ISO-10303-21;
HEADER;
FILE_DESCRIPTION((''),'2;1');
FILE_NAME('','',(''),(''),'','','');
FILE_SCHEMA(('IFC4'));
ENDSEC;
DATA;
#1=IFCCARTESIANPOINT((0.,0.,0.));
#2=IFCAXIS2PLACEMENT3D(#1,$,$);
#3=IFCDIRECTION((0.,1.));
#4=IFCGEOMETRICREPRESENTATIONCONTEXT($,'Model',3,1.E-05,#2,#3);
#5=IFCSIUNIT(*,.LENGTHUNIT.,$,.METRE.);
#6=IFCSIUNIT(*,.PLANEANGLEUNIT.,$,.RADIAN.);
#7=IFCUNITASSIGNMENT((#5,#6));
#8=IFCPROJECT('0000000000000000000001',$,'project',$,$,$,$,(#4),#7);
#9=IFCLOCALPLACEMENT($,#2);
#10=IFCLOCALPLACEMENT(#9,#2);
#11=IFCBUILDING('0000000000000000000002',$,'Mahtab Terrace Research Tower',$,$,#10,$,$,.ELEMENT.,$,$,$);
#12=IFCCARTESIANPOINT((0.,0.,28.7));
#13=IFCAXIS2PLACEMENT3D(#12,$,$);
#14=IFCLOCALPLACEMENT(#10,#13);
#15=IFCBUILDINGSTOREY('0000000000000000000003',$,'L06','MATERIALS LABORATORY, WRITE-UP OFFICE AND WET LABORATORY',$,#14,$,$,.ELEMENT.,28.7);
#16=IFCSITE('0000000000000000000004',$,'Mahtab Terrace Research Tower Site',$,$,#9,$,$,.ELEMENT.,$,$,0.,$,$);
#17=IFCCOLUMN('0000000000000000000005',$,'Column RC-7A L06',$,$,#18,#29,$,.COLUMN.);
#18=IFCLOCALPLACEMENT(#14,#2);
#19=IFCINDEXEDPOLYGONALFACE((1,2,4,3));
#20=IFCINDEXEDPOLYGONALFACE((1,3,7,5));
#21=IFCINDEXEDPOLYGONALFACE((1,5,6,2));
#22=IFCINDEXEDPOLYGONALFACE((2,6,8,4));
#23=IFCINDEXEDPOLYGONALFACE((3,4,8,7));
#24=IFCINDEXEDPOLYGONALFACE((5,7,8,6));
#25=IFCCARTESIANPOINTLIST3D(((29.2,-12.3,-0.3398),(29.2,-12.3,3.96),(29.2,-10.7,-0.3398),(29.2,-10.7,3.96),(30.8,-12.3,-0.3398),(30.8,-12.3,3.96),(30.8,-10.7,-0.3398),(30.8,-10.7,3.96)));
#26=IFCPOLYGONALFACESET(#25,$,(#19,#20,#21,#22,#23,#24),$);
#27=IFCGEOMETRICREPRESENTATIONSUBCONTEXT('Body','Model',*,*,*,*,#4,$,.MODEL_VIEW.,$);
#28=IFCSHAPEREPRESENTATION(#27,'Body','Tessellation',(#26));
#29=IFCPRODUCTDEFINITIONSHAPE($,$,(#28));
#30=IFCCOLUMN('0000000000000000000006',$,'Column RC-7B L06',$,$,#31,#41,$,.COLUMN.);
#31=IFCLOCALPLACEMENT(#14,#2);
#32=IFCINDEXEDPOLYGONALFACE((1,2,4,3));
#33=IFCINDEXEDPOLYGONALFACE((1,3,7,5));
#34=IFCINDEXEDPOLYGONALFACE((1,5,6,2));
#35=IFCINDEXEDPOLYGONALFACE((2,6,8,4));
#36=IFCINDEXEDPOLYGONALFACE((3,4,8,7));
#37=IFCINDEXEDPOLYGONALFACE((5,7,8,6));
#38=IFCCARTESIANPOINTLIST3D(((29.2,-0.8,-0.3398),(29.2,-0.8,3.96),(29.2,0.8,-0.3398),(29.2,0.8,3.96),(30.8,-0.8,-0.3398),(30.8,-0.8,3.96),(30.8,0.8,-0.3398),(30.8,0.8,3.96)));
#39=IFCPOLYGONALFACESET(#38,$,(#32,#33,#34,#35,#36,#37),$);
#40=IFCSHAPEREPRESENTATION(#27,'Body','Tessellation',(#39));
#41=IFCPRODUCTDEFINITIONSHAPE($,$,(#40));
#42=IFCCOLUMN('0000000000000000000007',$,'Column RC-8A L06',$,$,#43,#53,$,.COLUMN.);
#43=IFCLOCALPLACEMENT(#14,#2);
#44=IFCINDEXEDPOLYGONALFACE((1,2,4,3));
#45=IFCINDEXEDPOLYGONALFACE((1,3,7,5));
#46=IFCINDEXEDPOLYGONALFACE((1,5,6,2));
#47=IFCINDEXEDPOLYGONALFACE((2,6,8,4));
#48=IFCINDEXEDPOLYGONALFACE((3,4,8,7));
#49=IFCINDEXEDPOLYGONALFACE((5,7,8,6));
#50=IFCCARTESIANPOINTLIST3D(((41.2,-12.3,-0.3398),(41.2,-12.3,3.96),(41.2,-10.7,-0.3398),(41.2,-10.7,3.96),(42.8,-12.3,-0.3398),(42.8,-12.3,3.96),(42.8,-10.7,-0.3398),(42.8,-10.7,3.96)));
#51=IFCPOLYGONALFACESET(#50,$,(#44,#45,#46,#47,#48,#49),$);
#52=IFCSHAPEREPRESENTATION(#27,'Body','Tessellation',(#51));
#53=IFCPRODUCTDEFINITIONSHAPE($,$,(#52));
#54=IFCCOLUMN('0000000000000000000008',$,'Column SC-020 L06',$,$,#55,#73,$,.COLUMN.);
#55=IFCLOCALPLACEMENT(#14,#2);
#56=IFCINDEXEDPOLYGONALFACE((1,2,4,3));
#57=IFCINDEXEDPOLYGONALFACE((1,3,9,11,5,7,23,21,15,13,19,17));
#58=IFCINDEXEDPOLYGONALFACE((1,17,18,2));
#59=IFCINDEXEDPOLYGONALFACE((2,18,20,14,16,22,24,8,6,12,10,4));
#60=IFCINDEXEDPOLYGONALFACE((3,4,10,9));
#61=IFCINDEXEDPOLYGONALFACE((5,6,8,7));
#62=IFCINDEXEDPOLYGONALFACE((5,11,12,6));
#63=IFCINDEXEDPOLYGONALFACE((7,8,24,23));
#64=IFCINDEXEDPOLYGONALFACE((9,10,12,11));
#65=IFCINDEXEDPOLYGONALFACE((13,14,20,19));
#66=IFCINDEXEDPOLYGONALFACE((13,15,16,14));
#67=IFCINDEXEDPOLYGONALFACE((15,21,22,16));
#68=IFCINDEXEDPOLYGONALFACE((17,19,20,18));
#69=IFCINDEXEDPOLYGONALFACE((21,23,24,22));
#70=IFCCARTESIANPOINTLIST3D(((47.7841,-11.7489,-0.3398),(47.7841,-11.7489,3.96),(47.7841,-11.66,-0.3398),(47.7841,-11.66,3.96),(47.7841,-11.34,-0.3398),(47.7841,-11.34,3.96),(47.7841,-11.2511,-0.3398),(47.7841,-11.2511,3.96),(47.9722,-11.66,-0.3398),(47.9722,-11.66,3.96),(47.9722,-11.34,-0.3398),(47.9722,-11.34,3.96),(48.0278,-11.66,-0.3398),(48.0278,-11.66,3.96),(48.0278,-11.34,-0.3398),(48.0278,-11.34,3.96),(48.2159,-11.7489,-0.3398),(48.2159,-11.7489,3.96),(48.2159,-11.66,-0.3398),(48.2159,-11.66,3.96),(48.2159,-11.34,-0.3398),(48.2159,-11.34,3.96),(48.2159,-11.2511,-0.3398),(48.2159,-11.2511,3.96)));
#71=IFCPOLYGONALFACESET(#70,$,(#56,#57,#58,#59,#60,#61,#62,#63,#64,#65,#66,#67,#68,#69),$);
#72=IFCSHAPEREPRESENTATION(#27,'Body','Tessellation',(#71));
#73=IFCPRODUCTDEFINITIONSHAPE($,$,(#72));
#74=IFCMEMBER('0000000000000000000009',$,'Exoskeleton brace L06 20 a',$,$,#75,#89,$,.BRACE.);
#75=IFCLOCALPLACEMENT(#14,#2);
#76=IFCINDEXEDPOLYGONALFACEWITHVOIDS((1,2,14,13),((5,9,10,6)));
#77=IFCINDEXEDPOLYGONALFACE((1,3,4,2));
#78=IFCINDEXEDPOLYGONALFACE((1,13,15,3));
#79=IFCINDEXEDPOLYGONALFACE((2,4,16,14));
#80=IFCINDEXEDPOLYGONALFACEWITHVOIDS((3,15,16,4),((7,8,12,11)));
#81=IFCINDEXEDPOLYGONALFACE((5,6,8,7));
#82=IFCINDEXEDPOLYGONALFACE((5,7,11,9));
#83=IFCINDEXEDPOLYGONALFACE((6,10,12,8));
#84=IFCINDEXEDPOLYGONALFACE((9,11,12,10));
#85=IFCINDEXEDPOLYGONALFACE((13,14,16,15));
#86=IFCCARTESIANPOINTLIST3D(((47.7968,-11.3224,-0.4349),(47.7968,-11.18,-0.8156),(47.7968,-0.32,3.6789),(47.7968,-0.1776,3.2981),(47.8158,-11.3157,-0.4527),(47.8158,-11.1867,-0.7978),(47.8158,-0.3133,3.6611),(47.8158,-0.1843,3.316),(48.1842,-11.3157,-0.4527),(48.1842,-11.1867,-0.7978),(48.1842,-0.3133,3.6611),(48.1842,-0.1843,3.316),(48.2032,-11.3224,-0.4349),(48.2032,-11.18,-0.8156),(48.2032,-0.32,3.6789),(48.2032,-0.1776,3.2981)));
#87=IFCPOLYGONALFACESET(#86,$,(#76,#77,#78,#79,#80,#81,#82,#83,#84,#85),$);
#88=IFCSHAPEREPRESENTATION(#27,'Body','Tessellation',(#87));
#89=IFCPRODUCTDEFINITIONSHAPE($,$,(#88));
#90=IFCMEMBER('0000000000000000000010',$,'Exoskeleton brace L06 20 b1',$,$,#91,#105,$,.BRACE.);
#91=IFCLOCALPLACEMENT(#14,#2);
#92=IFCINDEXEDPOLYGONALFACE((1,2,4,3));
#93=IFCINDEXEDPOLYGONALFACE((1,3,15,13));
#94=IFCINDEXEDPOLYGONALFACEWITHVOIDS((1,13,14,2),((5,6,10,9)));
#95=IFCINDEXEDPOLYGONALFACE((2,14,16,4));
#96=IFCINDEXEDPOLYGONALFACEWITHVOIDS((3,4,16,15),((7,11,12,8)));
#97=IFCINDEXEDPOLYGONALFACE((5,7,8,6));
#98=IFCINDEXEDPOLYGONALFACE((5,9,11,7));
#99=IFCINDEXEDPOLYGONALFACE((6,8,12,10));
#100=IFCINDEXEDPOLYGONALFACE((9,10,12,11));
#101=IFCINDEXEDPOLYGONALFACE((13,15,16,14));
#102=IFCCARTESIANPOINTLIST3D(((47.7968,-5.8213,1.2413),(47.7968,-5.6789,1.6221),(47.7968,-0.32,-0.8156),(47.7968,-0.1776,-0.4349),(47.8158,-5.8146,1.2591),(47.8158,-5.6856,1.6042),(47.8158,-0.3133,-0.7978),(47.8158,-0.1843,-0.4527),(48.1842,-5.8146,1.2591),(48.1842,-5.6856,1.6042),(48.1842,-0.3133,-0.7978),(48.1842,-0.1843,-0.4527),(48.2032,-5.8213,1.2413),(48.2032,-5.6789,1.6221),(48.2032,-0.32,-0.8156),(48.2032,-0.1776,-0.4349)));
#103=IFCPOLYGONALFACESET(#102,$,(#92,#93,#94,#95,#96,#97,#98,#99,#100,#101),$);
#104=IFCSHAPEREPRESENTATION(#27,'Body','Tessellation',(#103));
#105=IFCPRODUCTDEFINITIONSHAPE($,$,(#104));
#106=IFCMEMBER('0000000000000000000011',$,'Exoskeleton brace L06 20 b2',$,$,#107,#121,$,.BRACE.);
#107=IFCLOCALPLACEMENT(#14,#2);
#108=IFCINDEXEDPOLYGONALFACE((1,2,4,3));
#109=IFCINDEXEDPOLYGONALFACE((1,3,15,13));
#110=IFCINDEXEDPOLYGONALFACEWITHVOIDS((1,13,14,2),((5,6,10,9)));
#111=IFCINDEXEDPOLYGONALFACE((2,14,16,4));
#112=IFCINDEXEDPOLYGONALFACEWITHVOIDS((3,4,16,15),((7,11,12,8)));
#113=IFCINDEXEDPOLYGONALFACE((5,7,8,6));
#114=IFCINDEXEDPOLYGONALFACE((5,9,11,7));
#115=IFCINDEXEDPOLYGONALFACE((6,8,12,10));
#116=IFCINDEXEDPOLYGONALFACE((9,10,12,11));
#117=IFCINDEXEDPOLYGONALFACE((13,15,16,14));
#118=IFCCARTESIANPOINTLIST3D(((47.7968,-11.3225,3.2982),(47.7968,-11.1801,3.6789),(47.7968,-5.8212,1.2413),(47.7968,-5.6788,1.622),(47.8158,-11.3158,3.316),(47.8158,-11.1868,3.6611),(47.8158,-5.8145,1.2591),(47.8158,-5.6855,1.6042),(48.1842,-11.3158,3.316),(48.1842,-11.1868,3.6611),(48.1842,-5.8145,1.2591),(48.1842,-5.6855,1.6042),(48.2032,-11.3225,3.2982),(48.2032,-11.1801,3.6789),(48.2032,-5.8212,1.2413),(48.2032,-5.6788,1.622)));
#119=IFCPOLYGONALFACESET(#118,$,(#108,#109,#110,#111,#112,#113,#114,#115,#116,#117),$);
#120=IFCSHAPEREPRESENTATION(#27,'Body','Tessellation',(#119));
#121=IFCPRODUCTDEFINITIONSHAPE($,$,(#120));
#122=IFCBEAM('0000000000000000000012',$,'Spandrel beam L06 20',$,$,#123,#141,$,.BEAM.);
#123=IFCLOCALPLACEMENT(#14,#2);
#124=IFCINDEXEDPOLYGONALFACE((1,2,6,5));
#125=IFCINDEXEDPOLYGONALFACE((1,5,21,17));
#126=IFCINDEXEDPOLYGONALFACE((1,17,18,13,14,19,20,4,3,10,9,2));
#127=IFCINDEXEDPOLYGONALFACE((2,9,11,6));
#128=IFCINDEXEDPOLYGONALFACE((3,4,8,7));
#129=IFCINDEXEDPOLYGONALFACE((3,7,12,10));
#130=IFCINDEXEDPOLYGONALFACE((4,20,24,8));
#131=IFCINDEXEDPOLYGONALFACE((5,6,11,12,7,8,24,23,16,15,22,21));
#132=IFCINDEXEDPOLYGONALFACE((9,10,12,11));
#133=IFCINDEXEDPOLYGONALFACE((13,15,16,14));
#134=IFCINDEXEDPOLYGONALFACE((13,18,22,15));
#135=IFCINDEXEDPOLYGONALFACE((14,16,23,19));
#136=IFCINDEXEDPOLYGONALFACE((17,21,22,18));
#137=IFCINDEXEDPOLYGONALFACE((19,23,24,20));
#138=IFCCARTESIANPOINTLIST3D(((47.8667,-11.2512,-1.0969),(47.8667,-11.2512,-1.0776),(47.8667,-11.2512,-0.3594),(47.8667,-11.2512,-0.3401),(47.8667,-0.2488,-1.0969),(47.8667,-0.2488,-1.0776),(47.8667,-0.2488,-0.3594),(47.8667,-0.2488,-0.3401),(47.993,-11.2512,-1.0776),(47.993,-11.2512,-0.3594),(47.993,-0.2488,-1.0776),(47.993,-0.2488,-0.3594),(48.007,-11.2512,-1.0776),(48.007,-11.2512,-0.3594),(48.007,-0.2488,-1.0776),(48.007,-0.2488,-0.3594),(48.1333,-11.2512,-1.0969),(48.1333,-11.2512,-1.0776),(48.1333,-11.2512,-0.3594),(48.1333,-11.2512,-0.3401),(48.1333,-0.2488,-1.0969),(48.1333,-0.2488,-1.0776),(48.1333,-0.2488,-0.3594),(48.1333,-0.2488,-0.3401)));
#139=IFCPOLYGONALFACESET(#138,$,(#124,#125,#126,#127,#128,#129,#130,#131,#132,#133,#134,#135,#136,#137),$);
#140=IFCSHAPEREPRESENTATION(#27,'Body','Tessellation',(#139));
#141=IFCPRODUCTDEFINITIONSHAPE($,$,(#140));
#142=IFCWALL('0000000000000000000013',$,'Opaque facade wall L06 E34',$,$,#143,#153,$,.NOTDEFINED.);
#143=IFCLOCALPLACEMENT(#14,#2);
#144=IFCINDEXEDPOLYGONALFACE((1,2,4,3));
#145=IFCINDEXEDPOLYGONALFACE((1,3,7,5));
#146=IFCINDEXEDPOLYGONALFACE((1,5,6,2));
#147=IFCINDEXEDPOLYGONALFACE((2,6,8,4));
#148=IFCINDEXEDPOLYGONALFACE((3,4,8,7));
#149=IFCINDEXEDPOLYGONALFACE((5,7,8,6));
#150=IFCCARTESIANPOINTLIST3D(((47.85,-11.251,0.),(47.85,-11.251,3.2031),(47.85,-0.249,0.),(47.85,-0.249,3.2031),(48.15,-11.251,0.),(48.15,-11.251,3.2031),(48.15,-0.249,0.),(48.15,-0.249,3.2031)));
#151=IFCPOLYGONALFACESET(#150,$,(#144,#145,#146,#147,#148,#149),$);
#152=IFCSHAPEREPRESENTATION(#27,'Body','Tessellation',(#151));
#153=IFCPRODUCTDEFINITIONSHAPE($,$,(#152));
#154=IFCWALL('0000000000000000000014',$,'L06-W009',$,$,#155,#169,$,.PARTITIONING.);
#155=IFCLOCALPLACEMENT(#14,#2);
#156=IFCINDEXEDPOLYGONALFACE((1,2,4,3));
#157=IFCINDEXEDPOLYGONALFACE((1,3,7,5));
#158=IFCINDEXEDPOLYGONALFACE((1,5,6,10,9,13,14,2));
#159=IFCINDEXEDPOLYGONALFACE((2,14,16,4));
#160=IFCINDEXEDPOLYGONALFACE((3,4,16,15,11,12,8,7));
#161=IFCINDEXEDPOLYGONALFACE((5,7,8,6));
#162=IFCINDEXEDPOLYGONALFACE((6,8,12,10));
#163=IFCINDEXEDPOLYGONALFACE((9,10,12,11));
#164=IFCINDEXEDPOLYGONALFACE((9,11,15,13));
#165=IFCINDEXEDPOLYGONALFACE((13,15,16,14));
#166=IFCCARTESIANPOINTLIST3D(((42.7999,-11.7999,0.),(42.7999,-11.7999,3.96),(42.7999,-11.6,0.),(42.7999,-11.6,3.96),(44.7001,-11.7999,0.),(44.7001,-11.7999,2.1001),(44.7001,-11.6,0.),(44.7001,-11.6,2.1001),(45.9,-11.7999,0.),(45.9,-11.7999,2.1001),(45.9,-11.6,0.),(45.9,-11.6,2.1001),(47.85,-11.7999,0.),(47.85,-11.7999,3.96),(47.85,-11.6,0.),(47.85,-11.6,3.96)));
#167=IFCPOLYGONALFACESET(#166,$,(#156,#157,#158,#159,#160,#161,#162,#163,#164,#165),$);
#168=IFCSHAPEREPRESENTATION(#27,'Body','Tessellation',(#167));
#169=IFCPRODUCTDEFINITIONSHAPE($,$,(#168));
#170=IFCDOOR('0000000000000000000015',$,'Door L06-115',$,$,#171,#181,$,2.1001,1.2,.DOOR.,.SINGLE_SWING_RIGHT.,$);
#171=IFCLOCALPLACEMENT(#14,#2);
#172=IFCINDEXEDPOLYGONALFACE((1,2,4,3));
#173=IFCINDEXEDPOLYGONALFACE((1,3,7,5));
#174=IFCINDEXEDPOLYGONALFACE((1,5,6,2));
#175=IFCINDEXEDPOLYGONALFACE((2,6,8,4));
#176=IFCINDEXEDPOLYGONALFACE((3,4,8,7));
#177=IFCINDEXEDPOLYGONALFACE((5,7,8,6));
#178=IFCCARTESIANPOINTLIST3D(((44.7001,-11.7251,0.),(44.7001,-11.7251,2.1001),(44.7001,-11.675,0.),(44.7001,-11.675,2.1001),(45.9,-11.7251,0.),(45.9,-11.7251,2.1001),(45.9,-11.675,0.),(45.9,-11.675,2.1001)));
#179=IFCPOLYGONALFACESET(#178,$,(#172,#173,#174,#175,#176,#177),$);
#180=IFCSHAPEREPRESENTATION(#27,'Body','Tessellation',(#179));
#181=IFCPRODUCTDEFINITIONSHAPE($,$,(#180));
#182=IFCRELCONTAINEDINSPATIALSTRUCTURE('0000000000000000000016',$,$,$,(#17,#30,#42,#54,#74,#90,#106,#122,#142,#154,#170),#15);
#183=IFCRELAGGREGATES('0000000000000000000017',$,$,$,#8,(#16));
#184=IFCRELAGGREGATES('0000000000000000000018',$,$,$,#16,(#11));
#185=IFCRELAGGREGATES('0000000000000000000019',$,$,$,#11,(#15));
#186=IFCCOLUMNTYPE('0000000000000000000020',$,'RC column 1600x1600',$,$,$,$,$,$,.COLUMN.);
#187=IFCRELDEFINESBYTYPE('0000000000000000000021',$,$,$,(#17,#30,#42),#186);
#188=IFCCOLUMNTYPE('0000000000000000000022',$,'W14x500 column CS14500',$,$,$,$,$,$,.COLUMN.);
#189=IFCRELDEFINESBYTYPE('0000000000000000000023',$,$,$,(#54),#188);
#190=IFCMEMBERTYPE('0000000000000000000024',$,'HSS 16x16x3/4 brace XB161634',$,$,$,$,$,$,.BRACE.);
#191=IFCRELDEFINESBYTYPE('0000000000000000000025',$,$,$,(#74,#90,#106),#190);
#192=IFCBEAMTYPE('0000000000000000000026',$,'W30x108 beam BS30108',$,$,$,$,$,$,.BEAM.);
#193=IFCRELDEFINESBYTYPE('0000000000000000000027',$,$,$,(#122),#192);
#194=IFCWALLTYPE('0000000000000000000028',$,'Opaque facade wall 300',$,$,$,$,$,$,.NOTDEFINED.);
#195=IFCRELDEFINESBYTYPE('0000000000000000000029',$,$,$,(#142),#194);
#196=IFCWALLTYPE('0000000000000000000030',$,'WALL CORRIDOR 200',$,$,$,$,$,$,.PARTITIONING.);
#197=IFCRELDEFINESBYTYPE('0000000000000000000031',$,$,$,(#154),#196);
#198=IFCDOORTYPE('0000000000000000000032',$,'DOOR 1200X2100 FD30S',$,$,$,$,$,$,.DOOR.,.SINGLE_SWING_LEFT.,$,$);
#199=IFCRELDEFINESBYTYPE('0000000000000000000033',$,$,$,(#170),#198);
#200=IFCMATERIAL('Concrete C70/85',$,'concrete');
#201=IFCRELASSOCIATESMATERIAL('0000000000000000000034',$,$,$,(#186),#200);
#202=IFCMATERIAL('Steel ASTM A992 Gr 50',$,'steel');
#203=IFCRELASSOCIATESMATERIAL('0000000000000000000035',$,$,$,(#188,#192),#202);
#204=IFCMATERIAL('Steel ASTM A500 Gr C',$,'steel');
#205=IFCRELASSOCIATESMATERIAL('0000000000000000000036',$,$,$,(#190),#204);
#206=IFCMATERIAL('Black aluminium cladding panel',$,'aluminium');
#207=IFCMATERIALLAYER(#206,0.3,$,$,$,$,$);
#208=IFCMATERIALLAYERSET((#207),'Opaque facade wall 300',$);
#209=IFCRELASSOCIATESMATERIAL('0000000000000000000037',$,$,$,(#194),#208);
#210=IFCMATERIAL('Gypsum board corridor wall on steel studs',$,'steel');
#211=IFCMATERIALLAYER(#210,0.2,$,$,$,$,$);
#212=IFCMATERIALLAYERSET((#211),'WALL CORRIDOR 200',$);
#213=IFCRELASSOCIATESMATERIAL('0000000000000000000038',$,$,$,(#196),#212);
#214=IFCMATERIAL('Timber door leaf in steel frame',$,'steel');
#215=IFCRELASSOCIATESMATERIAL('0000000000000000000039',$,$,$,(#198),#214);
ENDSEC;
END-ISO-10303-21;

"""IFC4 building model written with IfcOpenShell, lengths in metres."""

from ifc_helpers import new_model, si_unit, direction, frame, frame_2d, origin, origin_2d, place, context, subcontext, project, spatial, rectangle, hollow_rectangle, i_section, extrude, material, layer, layer_set, material_profile, profile_set, type_object, element, fill, save


model = new_model("IFC4")

# Units and contexts
model_context = context("Model", 3, precision=1e-05, world=origin(), true_north=direction((0.0, 1.0)))
body_context = subcontext(model_context, "Body", "Model", "MODEL_VIEW")
ifc_project = project(units=[si_unit("LENGTHUNIT", "METRE"), si_unit("PLANEANGLEUNIT", "RADIAN")], contexts=[model_context])

# Site, building, storey
site_placement = place(None, origin())
site = spatial("IfcSite", under=ifc_project, at=site_placement, Name="Mahtab Terrace Research Tower Site", CompositionType="ELEMENT", RefElevation=0.0)
building_placement = place(site_placement, origin())
building = spatial("IfcBuilding", under=site, at=building_placement, Name="Mahtab Terrace Research Tower", CompositionType="ELEMENT")
storey_placement = place(building_placement, frame((0.0, 0.0, 28.7)))
storey = spatial("IfcBuildingStorey", under=building, at=storey_placement, Name="L06", Description="MATERIALS LABORATORY, WRITE-UP OFFICE AND WET LABORATORY", CompositionType="ELEMENT", Elevation=28.7)

# Columns
ifc_material_1 = material(Name="Concrete C70/85", Category="concrete")
ifc_material_profile_1 = material_profile(ifc_material_1, rectangle(XDim=1.6001, YDim=1.6001, at=origin_2d()), Name="RC column 1600x1600")
ifc_profile_set_1 = profile_set([ifc_material_profile_1], Name="Concrete C70/85")
column_type_1 = type_object("IfcColumnType", Name="RC column 1600x1600", PredefinedType="COLUMN", material=ifc_profile_set_1)
for number, where, z_axis, x_axis, name in (
    (1, (30.0, -11.5, -0.3398), (0.0, 0.0, 1.0), (1.0, 0.0, 0.0), "Column RC-7A L06"),
    (2, (30.0, 0.0, -0.3398), (0.0, 0.0, 1.0), (1.0, 0.0, 0.0), "Column RC-7B L06"),
    (3, (42.0, -11.5, -0.3398), (0.0, 0.0, 1.0), (1.0, 0.0, 0.0), "Column RC-8A L06"),
):
    element("IfcColumn", number, at=place(storey_placement, frame(where, z_axis=z_axis, x_axis=x_axis)), inside=storey, type_object=column_type_1, Name=name, PredefinedType="COLUMN", context=body_context, shape_type="SweptSolid", body=[
        extrude(rectangle(XDim=1.6001, YDim=1.6001, at=origin_2d()), origin(), (0.0, 0.0, 1.0), 4.2998),
    ])
ifc_material_2 = material(Name="Steel ASTM A992 Gr 50", Category="steel")
ifc_material_profile_2 = material_profile(ifc_material_2, i_section(OverallWidth=0.4319, OverallDepth=0.4978, WebThickness=0.0557, FlangeThickness=0.0889, at=origin_2d()), Name="W14X500")
ifc_profile_set_2 = profile_set([ifc_material_profile_2], Name="Steel ASTM A992 Gr 50")
column_type_2 = type_object("IfcColumnType", Name="W14x500 column CS14500", PredefinedType="COLUMN", material=ifc_profile_set_2)
column_placement = place(storey_placement, frame((48.0, -11.5, -0.3398), z_axis=(0.0, 0.0, 1.0), x_axis=(1.0, 0.0, 0.0)))
element("IfcColumn", 4, at=column_placement, inside=storey, type_object=column_type_2, Name="Column SC-020 L06", PredefinedType="COLUMN", context=body_context, shape_type="SweptSolid", body=[
    extrude(i_section(OverallWidth=0.4319, OverallDepth=0.4978, WebThickness=0.0557, FlangeThickness=0.0889, at=origin_2d()), origin(), (0.0, 0.0, 1.0), 4.2998),
])

# Members
ifc_material_3 = material(Name="Steel ASTM A500 Gr C", Category="steel")
ifc_material_profile_3 = material_profile(ifc_material_3, hollow_rectangle(XDim=0.4065, YDim=0.4065, WallThickness=0.019, at=origin_2d()), Name="HSS16X16X3/4")
ifc_profile_set_3 = profile_set([ifc_material_profile_3], Name="Steel ASTM A500 Gr C")
member_type = type_object("IfcMemberType", Name="HSS 16x16x3/4 brace XB161634", PredefinedType="BRACE", material=ifc_profile_set_3)
member_placement = place(storey_placement, frame((48.0, -11.2512, -0.6252), z_axis=(0.0, 0.936669, 0.350217), x_axis=(-1.0, 0.0, 0.0)))
element("IfcMember", 5, at=member_placement, inside=storey, type_object=member_type, Name="Exoskeleton brace L06 20 a", PredefinedType="BRACE", context=body_context, shape_type="SweptSolid", body=[
    extrude(hollow_rectangle(XDim=0.4065, YDim=0.4065, WallThickness=0.019, at=origin_2d()), origin(), (0.0, 0.0, 1.0), 11.7463),
])
for number, where, z_axis, x_axis, name in (
    (6, (48.0, -0.2488, -0.6252), (0.0, -0.936669, 0.350217), (1.0, 0.0, 0.0), "Exoskeleton brace L06 20 b1"),
    (7, (48.0, -5.75, 1.4316), (0.0, -0.936669, 0.350217), (1.0, 0.0, 0.0), "Exoskeleton brace L06 20 b2"),
):
    element("IfcMember", number, at=place(storey_placement, frame(where, z_axis=z_axis, x_axis=x_axis)), inside=storey, type_object=member_type, Name=name, PredefinedType="BRACE", context=body_context, shape_type="SweptSolid", body=[
        extrude(hollow_rectangle(XDim=0.4065, YDim=0.4065, WallThickness=0.019, at=origin_2d()), origin(), (0.0, 0.0, 1.0), 5.8733),
    ])

# Beam
ifc_material_profile_4 = material_profile(ifc_material_2, i_section(OverallWidth=0.2666, OverallDepth=0.7568, WebThickness=0.0139, FlangeThickness=0.0193, at=origin_2d()), Name="W30X108")
ifc_profile_set_4 = profile_set([ifc_material_profile_4], Name="Steel ASTM A992 Gr 50")
beam_type = type_object("IfcBeamType", Name="W30x108 beam BS30108", PredefinedType="BEAM", material=ifc_profile_set_4)
beam_placement = place(storey_placement, frame((48.0, -11.2512, -0.7185), z_axis=(0.0, 1.0, 0.0), x_axis=(-1.0, 0.0, 0.0)))
element("IfcBeam", 8, at=beam_placement, inside=storey, type_object=beam_type, Name="Spandrel beam L06 20", PredefinedType="BEAM", context=body_context, shape_type="SweptSolid", body=[
    extrude(i_section(OverallWidth=0.2666, OverallDepth=0.7568, WebThickness=0.0139, FlangeThickness=0.0193, at=origin_2d()), origin(), (0.0, 0.0, 1.0), 11.0024),
])

# Wall
ifc_material_4 = material(Name="Black aluminium cladding panel", Category="aluminium")
ifc_layer_1 = layer(ifc_material_4, 0.3)
ifc_layer_set_1 = layer_set([ifc_layer_1], Name="Opaque facade wall 300")
wall_type_1 = type_object("IfcWallType", Name="Opaque facade wall 300", PredefinedType="NOTDEFINED", material=ifc_layer_set_1)
wall_1_placement = place(storey_placement, frame((48.0, -11.251, 0.0), z_axis=(0.0, 0.0, 1.0), x_axis=(0.0, 1.0, 0.0)))
element("IfcWall", 9, at=wall_1_placement, inside=storey, type_object=wall_type_1, Name="Opaque facade wall L06 E34", PredefinedType="NOTDEFINED", context=body_context, shape_type="SweptSolid", body=[
    extrude(rectangle(XDim=11.002, YDim=0.3, at=frame_2d((5.501, 0.0))), origin(), (0.0, 0.0, 1.0), 3.2031),
])

# Wall, opening, door
ifc_material_5 = material(Name="Gypsum board corridor wall on steel studs", Category="steel")
ifc_layer_2 = layer(ifc_material_5, 0.2)
ifc_layer_set_2 = layer_set([ifc_layer_2], Name="WALL CORRIDOR 200")
wall_type_2 = type_object("IfcWallType", Name="WALL CORRIDOR 200", PredefinedType="PARTITIONING", material=ifc_layer_set_2)
wall_2_placement = place(storey_placement, frame((42.8, -11.7, 0.0), z_axis=(0.0, 0.0, 1.0), x_axis=(1.0, 0.0, 0.0)))
wall_2 = element("IfcWall", 10, at=wall_2_placement, inside=storey, type_object=wall_type_2, Name="L06-W009", PredefinedType="PARTITIONING", context=body_context, shape_type="SweptSolid", body=[
    extrude(rectangle(XDim=5.05, YDim=0.2, at=frame_2d((2.5249, 0.0))), origin(), (0.0, 0.0, 1.0), 3.96),
])
opening_1_placement = place(wall_2_placement, frame((1.8999, 0.0, 0.0)))
opening_1 = element("IfcOpeningElement", 11, at=opening_1_placement, cuts=wall_2, PredefinedType="OPENING", context=body_context, shape_type="SweptSolid", body=[
    extrude(rectangle(XDim=1.2, YDim=2.1001, at=frame_2d((0.6001, 1.05))), frame((0.0, 0.1099, 0.0), z_axis=(0.0, -1.0, 0.0), x_axis=(1.0, 0.0, 0.0)), (0.0, 0.0, 1.0), 0.22),
])
ifc_material_6 = material(Name="Timber door leaf in steel frame", Category="steel")
door_type = type_object("IfcDoorType", Name="DOOR 1200X2100 FD30S", OperationType="SINGLE_SWING_LEFT", PredefinedType="DOOR", material=ifc_material_6)
door_1_placement = place(opening_1_placement, origin())
door_1 = element("IfcDoor", 12, at=door_1_placement, inside=storey, type_object=door_type, Name="Door L06-115", OperationType="SINGLE_SWING_RIGHT", OverallHeight=2.1001, OverallWidth=1.2, PredefinedType="DOOR", context=body_context, shape_type="SweptSolid", body=[
    extrude(rectangle(XDim=1.2, YDim=2.1001, at=frame_2d((0.6001, 1.05))), frame((0.0, 0.0249, 0.0), z_axis=(0.0, -1.0, 0.0), x_axis=(1.0, 0.0, 0.0)), (0.0, 0.0, 1.0), 0.05),
])
fill(opening_1, door_1)

save(model, "model.ifc")
